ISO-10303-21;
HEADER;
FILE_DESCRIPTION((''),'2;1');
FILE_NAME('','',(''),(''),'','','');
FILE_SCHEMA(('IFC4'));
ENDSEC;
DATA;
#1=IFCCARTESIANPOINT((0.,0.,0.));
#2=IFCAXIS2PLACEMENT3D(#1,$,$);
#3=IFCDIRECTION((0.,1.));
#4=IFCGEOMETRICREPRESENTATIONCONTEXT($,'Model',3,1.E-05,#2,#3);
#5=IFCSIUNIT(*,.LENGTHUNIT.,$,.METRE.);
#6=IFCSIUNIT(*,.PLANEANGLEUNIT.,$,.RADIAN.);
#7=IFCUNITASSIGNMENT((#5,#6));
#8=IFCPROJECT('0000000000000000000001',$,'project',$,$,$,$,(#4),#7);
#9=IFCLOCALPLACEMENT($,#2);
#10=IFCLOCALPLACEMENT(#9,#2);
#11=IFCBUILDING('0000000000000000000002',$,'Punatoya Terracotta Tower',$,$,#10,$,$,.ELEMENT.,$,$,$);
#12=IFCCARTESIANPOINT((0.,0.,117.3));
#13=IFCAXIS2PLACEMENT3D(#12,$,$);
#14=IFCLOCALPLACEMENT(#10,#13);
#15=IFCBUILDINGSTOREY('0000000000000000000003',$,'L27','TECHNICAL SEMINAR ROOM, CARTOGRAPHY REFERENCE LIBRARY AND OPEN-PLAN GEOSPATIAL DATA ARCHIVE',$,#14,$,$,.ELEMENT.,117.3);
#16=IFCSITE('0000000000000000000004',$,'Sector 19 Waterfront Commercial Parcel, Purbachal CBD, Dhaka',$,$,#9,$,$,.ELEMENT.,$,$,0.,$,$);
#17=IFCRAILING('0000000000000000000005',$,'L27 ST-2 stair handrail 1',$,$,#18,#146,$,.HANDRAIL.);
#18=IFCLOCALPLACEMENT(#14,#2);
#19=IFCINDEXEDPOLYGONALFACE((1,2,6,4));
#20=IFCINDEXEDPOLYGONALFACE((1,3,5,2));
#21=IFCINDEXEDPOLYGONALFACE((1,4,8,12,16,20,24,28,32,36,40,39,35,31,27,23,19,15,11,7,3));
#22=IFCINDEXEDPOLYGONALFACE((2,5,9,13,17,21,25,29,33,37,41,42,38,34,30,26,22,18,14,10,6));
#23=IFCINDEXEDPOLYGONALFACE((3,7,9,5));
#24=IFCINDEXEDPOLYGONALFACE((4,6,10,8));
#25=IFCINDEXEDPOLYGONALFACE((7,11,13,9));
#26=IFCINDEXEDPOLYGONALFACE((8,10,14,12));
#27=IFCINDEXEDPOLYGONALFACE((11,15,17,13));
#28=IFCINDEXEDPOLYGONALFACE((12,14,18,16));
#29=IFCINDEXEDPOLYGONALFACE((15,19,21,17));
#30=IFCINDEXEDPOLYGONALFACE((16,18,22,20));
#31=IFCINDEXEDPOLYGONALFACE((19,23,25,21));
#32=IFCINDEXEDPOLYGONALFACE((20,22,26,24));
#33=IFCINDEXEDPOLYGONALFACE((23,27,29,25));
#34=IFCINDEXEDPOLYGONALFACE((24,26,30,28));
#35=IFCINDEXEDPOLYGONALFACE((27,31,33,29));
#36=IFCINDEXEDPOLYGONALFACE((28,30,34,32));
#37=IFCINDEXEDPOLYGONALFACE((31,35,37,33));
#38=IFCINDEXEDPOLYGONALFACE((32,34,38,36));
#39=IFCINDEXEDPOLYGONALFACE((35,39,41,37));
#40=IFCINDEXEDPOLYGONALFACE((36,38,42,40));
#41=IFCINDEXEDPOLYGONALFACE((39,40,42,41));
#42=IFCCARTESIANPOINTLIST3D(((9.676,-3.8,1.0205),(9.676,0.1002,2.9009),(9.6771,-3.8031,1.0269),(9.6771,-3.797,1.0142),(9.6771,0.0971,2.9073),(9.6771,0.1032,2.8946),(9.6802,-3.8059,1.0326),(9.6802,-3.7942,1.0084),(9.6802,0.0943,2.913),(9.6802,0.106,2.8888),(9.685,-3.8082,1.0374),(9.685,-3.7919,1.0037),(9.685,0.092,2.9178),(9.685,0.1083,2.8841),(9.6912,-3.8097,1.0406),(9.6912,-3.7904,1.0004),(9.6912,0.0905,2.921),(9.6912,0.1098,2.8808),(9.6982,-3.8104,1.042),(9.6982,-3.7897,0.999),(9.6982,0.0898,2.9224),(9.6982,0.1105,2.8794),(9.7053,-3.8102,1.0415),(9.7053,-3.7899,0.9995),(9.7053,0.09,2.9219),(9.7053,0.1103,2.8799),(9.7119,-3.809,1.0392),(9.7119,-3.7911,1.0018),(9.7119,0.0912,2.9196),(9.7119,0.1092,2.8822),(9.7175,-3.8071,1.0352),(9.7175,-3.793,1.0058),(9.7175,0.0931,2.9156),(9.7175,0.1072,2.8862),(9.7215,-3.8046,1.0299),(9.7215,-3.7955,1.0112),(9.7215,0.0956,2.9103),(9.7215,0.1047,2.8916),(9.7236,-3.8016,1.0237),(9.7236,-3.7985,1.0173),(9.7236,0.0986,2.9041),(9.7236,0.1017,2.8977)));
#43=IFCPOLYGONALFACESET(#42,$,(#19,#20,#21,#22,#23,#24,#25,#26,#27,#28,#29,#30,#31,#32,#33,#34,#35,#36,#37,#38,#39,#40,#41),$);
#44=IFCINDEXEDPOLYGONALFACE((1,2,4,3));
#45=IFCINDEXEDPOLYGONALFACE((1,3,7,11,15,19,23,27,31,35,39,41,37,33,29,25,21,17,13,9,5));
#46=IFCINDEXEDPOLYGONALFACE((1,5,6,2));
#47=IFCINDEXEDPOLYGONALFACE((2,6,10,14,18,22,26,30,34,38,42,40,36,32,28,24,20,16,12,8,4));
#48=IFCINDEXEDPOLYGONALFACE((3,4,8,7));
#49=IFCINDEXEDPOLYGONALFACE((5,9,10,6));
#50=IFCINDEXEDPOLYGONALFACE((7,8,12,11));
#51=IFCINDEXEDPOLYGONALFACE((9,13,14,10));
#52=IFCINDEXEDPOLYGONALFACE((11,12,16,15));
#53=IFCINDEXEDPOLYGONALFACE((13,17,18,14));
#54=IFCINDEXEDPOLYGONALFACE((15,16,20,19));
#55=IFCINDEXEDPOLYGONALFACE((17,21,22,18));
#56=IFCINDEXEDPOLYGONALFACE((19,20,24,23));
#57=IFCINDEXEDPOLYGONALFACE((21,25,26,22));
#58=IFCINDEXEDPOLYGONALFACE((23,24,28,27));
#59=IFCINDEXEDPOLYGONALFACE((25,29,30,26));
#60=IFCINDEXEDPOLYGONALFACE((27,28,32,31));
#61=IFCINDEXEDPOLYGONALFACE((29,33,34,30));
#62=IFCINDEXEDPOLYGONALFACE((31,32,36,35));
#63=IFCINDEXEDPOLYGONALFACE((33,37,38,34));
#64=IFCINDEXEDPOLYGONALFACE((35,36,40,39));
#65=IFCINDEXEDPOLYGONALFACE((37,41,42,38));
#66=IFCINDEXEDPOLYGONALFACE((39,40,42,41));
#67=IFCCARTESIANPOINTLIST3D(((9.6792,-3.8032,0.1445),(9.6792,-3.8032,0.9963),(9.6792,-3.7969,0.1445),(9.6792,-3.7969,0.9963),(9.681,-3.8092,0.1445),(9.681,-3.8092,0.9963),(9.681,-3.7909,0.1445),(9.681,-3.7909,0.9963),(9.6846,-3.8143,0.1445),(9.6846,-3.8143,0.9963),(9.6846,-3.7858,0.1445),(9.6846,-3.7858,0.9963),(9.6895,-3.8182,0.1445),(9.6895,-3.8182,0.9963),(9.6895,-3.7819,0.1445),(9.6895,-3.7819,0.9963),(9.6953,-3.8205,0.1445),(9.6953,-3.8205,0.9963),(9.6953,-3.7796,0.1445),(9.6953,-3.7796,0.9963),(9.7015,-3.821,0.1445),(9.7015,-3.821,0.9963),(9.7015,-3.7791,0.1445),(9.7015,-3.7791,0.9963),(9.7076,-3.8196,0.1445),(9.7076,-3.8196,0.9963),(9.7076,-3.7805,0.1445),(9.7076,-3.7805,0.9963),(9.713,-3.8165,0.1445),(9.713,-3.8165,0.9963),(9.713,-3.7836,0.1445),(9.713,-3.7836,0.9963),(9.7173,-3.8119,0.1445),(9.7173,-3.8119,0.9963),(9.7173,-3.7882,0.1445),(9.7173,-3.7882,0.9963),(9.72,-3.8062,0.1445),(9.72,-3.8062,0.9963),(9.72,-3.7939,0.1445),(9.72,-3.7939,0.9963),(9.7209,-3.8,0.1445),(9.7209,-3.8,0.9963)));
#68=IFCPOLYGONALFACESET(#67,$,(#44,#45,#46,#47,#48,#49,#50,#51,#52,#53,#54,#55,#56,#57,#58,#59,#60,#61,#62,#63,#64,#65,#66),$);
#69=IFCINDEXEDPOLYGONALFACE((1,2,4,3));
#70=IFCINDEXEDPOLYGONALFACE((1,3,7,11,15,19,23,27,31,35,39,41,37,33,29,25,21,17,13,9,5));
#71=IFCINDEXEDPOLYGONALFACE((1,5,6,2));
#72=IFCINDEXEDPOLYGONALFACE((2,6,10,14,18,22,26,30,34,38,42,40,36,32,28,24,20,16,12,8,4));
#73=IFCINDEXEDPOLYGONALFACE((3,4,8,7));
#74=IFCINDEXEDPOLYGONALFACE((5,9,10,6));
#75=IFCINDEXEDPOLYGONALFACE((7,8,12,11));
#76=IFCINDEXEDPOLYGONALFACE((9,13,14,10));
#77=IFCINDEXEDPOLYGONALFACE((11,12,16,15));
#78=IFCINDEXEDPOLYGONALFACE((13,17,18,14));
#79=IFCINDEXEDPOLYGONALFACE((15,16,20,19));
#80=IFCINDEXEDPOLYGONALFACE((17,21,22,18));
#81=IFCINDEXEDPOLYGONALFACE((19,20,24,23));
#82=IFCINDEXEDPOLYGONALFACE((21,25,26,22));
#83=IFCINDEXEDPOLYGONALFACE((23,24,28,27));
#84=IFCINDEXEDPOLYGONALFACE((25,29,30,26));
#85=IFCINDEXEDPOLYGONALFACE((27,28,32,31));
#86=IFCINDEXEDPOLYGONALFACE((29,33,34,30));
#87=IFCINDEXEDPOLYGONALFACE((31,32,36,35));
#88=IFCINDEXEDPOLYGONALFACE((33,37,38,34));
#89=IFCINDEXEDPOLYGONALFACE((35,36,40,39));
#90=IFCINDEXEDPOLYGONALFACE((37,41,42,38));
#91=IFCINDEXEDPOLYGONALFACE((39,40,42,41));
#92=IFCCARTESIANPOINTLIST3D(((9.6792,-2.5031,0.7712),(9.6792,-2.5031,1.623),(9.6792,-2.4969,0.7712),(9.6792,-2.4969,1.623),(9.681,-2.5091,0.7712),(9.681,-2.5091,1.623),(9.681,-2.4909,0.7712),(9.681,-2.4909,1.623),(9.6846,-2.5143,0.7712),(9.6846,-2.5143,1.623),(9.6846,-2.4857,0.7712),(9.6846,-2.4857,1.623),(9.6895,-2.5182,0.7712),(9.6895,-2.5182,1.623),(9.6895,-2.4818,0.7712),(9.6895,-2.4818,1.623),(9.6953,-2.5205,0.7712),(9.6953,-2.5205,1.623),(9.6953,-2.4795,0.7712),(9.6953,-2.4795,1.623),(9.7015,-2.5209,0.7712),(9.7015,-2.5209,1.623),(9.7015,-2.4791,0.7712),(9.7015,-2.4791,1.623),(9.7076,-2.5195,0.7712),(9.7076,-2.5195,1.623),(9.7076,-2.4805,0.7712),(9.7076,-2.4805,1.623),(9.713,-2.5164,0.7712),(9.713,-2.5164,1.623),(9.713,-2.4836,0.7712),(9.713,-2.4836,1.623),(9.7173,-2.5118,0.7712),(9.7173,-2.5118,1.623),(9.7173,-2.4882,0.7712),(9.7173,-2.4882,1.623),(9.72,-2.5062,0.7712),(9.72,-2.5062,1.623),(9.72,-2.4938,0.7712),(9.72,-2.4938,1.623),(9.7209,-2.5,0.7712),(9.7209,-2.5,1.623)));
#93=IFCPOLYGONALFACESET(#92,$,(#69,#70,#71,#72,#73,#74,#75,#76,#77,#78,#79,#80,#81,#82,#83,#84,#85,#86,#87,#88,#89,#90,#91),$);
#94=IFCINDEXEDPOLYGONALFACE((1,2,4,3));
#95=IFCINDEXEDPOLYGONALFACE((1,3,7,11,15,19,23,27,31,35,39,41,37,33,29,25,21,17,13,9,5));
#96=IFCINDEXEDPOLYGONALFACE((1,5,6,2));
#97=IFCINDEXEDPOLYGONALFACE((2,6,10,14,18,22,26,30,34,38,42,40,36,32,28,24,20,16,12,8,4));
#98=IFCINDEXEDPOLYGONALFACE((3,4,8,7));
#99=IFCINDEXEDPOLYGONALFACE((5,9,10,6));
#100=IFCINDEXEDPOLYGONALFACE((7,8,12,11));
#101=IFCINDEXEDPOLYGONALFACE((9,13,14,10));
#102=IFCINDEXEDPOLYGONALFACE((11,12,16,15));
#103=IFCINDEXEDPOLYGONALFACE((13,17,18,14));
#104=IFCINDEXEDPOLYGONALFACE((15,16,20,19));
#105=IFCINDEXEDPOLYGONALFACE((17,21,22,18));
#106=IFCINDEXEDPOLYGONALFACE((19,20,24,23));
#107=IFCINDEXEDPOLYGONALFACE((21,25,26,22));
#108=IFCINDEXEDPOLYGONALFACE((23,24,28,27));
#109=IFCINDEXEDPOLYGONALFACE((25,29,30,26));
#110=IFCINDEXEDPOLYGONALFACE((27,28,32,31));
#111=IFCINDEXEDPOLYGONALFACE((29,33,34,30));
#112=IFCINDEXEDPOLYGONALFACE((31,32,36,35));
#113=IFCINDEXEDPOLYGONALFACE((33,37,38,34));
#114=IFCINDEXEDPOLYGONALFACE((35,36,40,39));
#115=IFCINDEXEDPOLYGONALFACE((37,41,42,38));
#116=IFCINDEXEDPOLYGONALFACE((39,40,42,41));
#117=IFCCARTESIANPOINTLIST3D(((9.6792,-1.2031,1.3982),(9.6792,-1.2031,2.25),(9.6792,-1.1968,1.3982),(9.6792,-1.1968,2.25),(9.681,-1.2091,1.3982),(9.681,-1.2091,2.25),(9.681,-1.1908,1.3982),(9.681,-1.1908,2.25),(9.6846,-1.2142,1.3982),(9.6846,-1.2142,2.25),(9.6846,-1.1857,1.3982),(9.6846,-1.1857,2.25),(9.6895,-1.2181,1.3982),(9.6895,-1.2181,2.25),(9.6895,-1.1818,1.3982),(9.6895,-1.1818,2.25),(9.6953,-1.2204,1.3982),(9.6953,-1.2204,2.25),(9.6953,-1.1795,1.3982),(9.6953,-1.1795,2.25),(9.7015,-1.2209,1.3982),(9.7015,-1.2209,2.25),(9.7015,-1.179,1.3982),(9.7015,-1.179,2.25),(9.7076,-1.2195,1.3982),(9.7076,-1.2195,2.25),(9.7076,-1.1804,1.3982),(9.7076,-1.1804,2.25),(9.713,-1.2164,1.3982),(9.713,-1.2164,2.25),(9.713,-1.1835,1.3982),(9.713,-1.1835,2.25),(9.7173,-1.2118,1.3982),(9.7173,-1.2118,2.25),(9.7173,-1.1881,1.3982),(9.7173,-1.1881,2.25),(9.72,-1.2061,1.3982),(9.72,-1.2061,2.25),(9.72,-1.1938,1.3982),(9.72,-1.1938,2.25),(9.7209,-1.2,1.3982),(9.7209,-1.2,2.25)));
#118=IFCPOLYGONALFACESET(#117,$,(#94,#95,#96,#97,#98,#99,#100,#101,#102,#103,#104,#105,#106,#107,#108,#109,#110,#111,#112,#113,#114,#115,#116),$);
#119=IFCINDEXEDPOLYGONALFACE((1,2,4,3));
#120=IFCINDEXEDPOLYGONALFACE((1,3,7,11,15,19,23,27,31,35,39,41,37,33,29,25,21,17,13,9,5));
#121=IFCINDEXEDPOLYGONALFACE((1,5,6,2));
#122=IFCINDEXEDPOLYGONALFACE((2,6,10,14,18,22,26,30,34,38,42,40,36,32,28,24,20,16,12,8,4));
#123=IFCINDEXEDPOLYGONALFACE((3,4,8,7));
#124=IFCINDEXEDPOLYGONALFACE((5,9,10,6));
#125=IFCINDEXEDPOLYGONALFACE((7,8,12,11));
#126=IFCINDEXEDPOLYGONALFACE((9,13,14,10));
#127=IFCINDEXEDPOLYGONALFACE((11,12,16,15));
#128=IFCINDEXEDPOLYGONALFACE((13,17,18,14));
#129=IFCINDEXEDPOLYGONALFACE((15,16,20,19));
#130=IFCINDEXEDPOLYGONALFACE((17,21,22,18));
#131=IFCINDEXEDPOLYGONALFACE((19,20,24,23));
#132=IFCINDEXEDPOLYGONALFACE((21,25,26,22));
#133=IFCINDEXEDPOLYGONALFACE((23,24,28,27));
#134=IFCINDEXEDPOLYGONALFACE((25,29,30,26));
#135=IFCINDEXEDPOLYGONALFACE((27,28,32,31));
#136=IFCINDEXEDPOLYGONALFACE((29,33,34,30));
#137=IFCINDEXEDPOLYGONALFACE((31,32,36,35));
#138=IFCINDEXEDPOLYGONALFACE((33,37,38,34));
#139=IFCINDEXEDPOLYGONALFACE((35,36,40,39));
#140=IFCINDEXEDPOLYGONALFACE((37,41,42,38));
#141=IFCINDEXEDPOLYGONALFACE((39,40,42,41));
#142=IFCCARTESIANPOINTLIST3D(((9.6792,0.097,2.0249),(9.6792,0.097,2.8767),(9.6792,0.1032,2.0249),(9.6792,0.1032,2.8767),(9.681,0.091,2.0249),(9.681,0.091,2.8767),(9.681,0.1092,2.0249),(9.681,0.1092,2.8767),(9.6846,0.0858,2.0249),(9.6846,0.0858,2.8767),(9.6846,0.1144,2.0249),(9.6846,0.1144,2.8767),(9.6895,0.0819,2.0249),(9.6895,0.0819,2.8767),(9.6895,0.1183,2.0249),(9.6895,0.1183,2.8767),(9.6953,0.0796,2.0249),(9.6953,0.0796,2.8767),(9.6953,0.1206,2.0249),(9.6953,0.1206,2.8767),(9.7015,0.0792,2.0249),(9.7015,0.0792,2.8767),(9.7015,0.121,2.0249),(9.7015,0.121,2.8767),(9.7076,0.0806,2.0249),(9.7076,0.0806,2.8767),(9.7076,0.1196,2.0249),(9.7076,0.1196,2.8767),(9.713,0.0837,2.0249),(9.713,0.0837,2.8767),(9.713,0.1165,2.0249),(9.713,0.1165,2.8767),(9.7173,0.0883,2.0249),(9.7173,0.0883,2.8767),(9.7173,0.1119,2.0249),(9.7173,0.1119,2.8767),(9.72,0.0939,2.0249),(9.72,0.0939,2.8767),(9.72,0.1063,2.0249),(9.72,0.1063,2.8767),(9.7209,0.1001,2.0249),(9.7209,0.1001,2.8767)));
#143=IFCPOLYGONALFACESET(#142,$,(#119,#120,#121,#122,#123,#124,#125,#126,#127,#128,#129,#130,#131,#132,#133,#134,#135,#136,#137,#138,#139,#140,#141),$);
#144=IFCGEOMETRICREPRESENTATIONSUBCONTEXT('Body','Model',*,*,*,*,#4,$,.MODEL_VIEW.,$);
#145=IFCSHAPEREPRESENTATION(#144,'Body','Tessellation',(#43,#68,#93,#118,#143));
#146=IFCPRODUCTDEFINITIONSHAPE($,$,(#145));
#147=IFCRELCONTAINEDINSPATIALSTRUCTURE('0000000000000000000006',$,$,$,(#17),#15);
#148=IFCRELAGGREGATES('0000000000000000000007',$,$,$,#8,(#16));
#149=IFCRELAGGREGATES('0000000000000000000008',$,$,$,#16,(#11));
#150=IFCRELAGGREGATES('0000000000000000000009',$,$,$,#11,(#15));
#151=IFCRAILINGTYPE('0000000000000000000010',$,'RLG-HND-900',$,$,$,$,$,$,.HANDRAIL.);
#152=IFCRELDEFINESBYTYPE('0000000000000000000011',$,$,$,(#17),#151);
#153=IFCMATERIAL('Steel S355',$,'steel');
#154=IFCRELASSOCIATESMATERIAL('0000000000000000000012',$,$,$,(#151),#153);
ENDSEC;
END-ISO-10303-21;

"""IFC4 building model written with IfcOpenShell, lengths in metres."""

from ifc_helpers import new_model, si_unit, direction, frame, origin, origin_2d, place, context, subcontext, project, spatial, circle, extrude, material, type_object, element, save


model = new_model("IFC4")

# Units and contexts
model_context = context("Model", 3, precision=1e-05, world=origin(), true_north=direction((0.0, 1.0)))
body_context = subcontext(model_context, "Body", "Model", "MODEL_VIEW")
ifc_project = project(units=[si_unit("LENGTHUNIT", "METRE"), si_unit("PLANEANGLEUNIT", "RADIAN")], contexts=[model_context])

# Site, building, storey
site_placement = place(None, origin())
site = spatial("IfcSite", under=ifc_project, at=site_placement, Name="Sector 19 Waterfront Commercial Parcel, Purbachal CBD, Dhaka", CompositionType="ELEMENT", RefElevation=0.0)
building_placement = place(site_placement, origin())
building = spatial("IfcBuilding", under=site, at=building_placement, Name="Punatoya Terracotta Tower", CompositionType="ELEMENT")
storey_placement = place(building_placement, frame((0.0, 0.0, 117.3)))
storey = spatial("IfcBuildingStorey", under=building, at=storey_placement, Name="L27", Description="TECHNICAL SEMINAR ROOM, CARTOGRAPHY REFERENCE LIBRARY AND OPEN-PLAN GEOSPATIAL DATA ARCHIVE", CompositionType="ELEMENT", Elevation=117.3)

# Shared definitions
ifc_material_1 = material(Name="Steel S355", Category="steel")

# Railing
railing_type_1 = type_object("IfcRailingType", Name="RLG-HND-900", PredefinedType="HANDRAIL", material=ifc_material_1)
railing_1_placement = place(storey_placement, frame((9.7, -3.8, 0.1445)))
element("IfcRailing", 1, at=railing_1_placement, inside=storey, type_object=railing_type_1, Name="L27 ST-2 stair handrail 1", PredefinedType="HANDRAIL", context=body_context, shape_type="SweptSolid", body=[
    extrude(circle(Radius=0.0239, at=origin_2d()), frame((0.0, 0.0, 0.876), z_axis=(0.0, 0.900774, 0.434289), x_axis=(-1.0, 0.0, 0.0)), (0.0, 0.0, 1.0), 4.3298),
    extrude(circle(Radius=0.021, at=origin_2d()), origin(), (0.0, 0.0, 1.0), 0.8518),
    extrude(circle(Radius=0.021, at=origin_2d()), frame((0.0, 1.3, 0.6267)), (0.0, 0.0, 1.0), 0.8518),
    extrude(circle(Radius=0.021, at=origin_2d()), frame((0.0, 2.6001, 1.2537)), (0.0, 0.0, 1.0), 0.8518),
    extrude(circle(Radius=0.021, at=origin_2d()), frame((0.0, 3.9001, 1.8804)), (0.0, 0.0, 1.0), 0.8518),
])

save(model, "model.ifc")
